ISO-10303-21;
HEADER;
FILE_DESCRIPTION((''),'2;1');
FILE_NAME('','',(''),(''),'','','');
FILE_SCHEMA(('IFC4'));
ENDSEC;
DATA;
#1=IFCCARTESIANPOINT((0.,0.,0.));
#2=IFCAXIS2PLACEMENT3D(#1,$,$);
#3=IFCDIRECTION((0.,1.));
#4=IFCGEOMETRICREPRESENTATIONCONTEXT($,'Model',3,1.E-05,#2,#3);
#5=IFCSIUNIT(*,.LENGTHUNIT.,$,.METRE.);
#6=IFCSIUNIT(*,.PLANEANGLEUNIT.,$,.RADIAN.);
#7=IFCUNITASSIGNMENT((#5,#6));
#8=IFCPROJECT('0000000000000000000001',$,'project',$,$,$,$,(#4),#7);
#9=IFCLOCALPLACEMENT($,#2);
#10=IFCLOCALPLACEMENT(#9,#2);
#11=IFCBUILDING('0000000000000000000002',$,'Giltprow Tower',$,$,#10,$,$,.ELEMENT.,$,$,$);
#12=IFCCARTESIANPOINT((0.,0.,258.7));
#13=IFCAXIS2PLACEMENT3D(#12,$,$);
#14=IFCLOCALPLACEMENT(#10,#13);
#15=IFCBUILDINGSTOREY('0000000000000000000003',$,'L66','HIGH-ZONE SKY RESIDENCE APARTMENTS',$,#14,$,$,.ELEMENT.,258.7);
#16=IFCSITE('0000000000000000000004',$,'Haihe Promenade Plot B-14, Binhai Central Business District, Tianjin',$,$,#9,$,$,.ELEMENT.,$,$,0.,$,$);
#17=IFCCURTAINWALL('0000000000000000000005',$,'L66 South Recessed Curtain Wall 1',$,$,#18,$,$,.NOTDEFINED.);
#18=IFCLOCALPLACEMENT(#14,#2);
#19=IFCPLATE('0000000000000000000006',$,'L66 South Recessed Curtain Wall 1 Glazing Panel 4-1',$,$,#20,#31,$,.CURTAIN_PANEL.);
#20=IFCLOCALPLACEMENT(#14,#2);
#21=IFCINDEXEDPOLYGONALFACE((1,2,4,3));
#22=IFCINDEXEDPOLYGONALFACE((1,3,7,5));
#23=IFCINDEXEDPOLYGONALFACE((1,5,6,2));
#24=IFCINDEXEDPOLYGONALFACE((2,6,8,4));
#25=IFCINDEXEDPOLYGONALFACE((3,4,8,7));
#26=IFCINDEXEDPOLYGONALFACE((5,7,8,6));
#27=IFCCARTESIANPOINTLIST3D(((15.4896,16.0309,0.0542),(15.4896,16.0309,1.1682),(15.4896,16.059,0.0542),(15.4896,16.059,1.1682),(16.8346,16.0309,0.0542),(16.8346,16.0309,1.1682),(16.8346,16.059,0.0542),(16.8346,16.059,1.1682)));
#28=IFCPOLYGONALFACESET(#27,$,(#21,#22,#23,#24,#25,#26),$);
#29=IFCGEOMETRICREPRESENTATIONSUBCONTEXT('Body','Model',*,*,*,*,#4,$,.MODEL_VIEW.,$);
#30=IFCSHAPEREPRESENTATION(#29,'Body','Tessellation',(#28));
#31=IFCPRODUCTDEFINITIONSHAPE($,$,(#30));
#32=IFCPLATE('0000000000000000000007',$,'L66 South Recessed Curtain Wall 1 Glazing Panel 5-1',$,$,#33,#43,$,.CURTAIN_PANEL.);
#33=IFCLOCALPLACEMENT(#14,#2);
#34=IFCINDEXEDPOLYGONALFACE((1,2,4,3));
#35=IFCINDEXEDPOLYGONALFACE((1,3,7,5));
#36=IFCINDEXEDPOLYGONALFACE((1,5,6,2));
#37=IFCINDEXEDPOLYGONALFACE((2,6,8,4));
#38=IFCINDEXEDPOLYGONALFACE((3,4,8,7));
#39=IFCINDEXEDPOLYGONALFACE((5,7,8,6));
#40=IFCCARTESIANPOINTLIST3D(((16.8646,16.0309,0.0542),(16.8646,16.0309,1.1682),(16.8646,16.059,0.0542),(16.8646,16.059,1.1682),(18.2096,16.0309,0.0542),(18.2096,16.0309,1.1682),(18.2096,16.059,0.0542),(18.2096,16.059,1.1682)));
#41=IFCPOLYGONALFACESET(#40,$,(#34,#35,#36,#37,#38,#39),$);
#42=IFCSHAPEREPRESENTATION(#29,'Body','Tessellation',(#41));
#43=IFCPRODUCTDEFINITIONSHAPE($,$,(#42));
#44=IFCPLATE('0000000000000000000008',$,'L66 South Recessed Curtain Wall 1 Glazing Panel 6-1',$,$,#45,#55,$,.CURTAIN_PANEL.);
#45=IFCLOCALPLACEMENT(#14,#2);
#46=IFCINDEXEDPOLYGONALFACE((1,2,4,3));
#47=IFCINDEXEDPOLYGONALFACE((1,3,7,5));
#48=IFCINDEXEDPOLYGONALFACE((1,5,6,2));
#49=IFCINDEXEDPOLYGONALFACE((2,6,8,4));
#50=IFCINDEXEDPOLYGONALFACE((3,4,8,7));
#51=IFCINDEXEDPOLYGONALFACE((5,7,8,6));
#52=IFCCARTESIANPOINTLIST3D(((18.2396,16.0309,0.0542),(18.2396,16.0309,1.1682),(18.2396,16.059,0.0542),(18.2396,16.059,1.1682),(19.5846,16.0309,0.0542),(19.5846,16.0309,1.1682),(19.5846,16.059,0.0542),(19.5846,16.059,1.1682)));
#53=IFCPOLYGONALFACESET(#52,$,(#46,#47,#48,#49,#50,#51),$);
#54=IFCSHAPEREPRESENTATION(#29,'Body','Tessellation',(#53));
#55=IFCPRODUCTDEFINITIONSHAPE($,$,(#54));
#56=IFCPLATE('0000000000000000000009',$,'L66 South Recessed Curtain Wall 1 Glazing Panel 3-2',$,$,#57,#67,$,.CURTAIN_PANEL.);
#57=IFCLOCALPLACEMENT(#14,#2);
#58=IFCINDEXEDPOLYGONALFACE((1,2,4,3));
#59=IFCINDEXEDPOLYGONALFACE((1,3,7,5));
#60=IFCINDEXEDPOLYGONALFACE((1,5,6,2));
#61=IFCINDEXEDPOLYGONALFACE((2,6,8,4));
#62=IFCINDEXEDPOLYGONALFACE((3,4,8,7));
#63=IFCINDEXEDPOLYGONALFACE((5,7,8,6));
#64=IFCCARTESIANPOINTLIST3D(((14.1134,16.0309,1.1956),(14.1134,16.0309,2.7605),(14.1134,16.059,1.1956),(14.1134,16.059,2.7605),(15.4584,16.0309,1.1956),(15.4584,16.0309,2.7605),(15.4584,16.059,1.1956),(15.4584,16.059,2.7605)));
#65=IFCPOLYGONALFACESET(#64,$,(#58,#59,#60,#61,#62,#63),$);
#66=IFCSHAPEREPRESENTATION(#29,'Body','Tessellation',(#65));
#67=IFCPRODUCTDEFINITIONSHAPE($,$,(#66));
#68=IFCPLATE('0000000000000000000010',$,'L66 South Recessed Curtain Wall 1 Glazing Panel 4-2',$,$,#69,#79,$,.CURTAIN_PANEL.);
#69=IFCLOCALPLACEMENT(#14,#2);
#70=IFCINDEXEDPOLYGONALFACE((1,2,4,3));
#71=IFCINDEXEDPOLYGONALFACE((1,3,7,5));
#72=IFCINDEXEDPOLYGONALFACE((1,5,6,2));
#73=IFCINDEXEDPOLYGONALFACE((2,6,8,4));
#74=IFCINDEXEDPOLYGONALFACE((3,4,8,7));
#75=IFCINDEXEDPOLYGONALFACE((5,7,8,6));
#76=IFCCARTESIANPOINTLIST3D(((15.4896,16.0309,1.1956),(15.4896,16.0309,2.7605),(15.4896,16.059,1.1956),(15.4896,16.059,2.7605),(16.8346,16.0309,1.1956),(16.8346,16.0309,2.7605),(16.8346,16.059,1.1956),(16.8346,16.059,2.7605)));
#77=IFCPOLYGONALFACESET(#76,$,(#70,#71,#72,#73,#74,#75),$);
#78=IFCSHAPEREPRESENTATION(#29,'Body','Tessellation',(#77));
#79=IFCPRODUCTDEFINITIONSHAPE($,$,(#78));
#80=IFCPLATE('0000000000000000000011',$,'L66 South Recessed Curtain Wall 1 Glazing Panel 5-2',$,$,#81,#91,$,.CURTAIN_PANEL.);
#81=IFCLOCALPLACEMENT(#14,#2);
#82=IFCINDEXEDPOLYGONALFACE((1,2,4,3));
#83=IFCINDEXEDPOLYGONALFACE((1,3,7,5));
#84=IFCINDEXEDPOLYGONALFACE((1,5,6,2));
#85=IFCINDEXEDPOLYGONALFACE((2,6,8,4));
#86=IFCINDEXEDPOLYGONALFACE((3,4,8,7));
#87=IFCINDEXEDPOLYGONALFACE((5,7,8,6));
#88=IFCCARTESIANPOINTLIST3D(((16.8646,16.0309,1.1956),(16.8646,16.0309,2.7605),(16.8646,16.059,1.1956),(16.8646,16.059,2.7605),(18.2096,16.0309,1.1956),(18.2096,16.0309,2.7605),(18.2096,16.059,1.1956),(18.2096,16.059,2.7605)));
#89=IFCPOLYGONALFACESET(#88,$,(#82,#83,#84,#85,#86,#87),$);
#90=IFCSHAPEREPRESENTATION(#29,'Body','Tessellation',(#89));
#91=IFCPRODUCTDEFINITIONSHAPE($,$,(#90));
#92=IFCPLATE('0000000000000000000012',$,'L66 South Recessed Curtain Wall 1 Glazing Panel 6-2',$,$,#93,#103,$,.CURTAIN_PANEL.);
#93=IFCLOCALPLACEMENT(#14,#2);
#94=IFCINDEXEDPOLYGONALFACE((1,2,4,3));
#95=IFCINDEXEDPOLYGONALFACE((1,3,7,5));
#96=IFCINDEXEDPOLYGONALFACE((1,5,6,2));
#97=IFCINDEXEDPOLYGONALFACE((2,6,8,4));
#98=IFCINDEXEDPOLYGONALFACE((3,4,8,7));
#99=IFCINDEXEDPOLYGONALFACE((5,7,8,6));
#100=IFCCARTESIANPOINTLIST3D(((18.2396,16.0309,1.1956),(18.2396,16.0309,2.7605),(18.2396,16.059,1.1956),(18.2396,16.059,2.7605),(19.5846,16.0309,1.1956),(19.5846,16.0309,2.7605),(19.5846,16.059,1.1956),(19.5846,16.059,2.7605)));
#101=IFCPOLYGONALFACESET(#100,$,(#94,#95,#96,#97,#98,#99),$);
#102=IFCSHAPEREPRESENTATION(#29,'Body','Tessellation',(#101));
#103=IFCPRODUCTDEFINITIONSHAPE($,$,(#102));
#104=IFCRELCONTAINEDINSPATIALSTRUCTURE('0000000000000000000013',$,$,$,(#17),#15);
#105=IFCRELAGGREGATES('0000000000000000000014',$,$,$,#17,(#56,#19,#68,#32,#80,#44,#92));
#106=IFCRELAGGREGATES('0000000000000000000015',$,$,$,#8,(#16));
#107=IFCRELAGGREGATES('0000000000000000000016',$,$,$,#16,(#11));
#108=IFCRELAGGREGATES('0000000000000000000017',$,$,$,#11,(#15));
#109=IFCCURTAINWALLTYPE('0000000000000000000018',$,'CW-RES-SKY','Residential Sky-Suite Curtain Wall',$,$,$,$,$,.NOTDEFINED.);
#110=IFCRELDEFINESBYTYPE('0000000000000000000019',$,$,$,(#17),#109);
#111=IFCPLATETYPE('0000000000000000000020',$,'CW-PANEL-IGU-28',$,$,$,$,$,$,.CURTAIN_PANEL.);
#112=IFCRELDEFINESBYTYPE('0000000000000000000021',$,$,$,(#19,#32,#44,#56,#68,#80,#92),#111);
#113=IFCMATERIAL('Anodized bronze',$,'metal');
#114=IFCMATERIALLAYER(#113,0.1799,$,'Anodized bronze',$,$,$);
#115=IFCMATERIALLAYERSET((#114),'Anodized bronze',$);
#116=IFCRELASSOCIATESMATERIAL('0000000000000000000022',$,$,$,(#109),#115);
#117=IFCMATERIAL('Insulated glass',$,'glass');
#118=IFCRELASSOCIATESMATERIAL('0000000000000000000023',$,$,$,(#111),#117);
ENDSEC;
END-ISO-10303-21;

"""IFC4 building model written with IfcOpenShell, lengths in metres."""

from ifc_helpers import new_model, si_unit, direction, frame, origin, origin_2d, place, context, subcontext, project, spatial, rectangle, extrude, source, transform, mapped, material, layer, layer_set, type_object, element, aggregate, save


model = new_model("IFC4")

# Units and contexts
model_context = context("Model", 3, precision=1e-05, world=origin(), true_north=direction((0.0, 1.0)))
body_context = subcontext(model_context, "Body", "Model", "MODEL_VIEW")
ifc_project = project(units=[si_unit("LENGTHUNIT", "METRE"), si_unit("PLANEANGLEUNIT", "RADIAN")], contexts=[model_context])

# Site, building, storey
site_placement = place(None, origin())
site = spatial("IfcSite", under=ifc_project, at=site_placement, Name="Haihe Promenade Plot B-14, Binhai Central Business District, Tianjin", CompositionType="ELEMENT", RefElevation=0.0)
building_placement = place(site_placement, origin())
building = spatial("IfcBuilding", under=site, at=building_placement, Name="Giltprow Tower", CompositionType="ELEMENT")
storey_placement = place(building_placement, frame((0.0, 0.0, 258.7)))
storey = spatial("IfcBuildingStorey", under=building, at=storey_placement, Name="L66", Description="HIGH-ZONE SKY RESIDENCE APARTMENTS", CompositionType="ELEMENT", Elevation=258.7)

# Curtain wall, plates
ifc_material_1 = material(Name="Anodized bronze", Category="metal")
ifc_layer = layer(ifc_material_1, 0.1799, Name="Anodized bronze")
ifc_layer_set = layer_set([ifc_layer], Name="Anodized bronze")
curtain_wall_type = type_object("IfcCurtainWallType", Name="CW-RES-SKY", Description="Residential Sky-Suite Curtain Wall", PredefinedType="NOTDEFINED", material=ifc_layer_set)
curtain_wall_placement = place(storey_placement, origin())
curtain_wall = element("IfcCurtainWall", 1, at=curtain_wall_placement, inside=storey, type_object=curtain_wall_type, Name="L66 South Recessed Curtain Wall 1", PredefinedType="NOTDEFINED")
ifc_material_2 = material(Name="Insulated glass", Category="glass")
plate_type = type_object("IfcPlateType", Name="CW-PANEL-IGU-28", PredefinedType="CURTAIN_PANEL", material=ifc_material_2)
shared_shape_1 = source(origin(), body_context, "Body", "SweptSolid", [
    extrude(rectangle(XDim=1.345, YDim=0.0281, at=origin_2d()), origin(), (0.0, 0.0, 1.0), 1.114),
])
plate_1_placement = place(storey_placement, frame((16.1621, 16.0449, 0.0542), z_axis=(0.0, 0.0, 1.0), x_axis=(1.0, 0.0, 0.0)))
plate_1 = element("IfcPlate", 2, at=plate_1_placement, type_object=plate_type, Name="L66 South Recessed Curtain Wall 1 Glazing Panel 4-1", PredefinedType="CURTAIN_PANEL", context=body_context, shape_type="MappedRepresentation", body=[
    mapped(shared_shape_1, transform((0.0, 0.0, 0.0), x_axis=(1.0, 0.0, 0.0), y_axis=(0.0, 1.0, 0.0), z_axis=(0.0, 0.0, 1.0), scale=1.0)),
])
plate_2_placement = place(storey_placement, frame((17.5371, 16.0449, 0.0542), z_axis=(0.0, 0.0, 1.0), x_axis=(1.0, 0.0, 0.0)))
plate_2 = element("IfcPlate", 3, at=plate_2_placement, type_object=plate_type, Name="L66 South Recessed Curtain Wall 1 Glazing Panel 5-1", PredefinedType="CURTAIN_PANEL", context=body_context, shape_type="MappedRepresentation", body=[
    mapped(shared_shape_1, transform((0.0, 0.0, 0.0), x_axis=(1.0, 0.0, 0.0), y_axis=(0.0, 1.0, 0.0), z_axis=(0.0, 0.0, 1.0), scale=1.0)),
])
plate_3_placement = place(storey_placement, frame((18.9121, 16.0449, 0.0542), z_axis=(0.0, 0.0, 1.0), x_axis=(1.0, 0.0, 0.0)))
plate_3 = element("IfcPlate", 4, at=plate_3_placement, type_object=plate_type, Name="L66 South Recessed Curtain Wall 1 Glazing Panel 6-1", PredefinedType="CURTAIN_PANEL", context=body_context, shape_type="MappedRepresentation", body=[
    mapped(shared_shape_1, transform((0.0, 0.0, 0.0), x_axis=(1.0, 0.0, 0.0), y_axis=(0.0, 1.0, 0.0), z_axis=(0.0, 0.0, 1.0), scale=1.0)),
])
shared_shape_2 = source(origin(), body_context, "Body", "SweptSolid", [
    extrude(rectangle(XDim=1.345, YDim=0.0281, at=origin_2d()), origin(), (0.0, 0.0, 1.0), 1.5649),
])
plate_4_placement = place(storey_placement, frame((14.7859, 16.0449, 1.1956), z_axis=(0.0, 0.0, 1.0), x_axis=(1.0, 0.0, 0.0)))
plate_4 = element("IfcPlate", 5, at=plate_4_placement, type_object=plate_type, Name="L66 South Recessed Curtain Wall 1 Glazing Panel 3-2", PredefinedType="CURTAIN_PANEL", context=body_context, shape_type="MappedRepresentation", body=[
    mapped(shared_shape_2, transform((0.0, 0.0, 0.0), x_axis=(1.0, 0.0, 0.0), y_axis=(0.0, 1.0, 0.0), z_axis=(0.0, 0.0, 1.0), scale=1.0)),
])
plate_5_placement = place(storey_placement, frame((16.1621, 16.0449, 1.1956), z_axis=(0.0, 0.0, 1.0), x_axis=(1.0, 0.0, 0.0)))
plate_5 = element("IfcPlate", 6, at=plate_5_placement, type_object=plate_type, Name="L66 South Recessed Curtain Wall 1 Glazing Panel 4-2", PredefinedType="CURTAIN_PANEL", context=body_context, shape_type="MappedRepresentation", body=[
    mapped(shared_shape_2, transform((0.0, 0.0, 0.0), x_axis=(1.0, 0.0, 0.0), y_axis=(0.0, 1.0, 0.0), z_axis=(0.0, 0.0, 1.0), scale=1.0)),
])
plate_6_placement = place(storey_placement, frame((17.5371, 16.0449, 1.1956), z_axis=(0.0, 0.0, 1.0), x_axis=(1.0, 0.0, 0.0)))
plate_6 = element("IfcPlate", 7, at=plate_6_placement, type_object=plate_type, Name="L66 South Recessed Curtain Wall 1 Glazing Panel 5-2", PredefinedType="CURTAIN_PANEL", context=body_context, shape_type="MappedRepresentation", body=[
    mapped(shared_shape_2, transform((0.0, 0.0, 0.0), x_axis=(1.0, 0.0, 0.0), y_axis=(0.0, 1.0, 0.0), z_axis=(0.0, 0.0, 1.0), scale=1.0)),
])
plate_7_placement = place(storey_placement, frame((18.9121, 16.0449, 1.1956), z_axis=(0.0, 0.0, 1.0), x_axis=(1.0, 0.0, 0.0)))
plate_7 = element("IfcPlate", 8, at=plate_7_placement, type_object=plate_type, Name="L66 South Recessed Curtain Wall 1 Glazing Panel 6-2", PredefinedType="CURTAIN_PANEL", context=body_context, shape_type="MappedRepresentation", body=[
    mapped(shared_shape_2, transform((0.0, 0.0, 0.0), x_axis=(1.0, 0.0, 0.0), y_axis=(0.0, 1.0, 0.0), z_axis=(0.0, 0.0, 1.0), scale=1.0)),
])
aggregate(curtain_wall, [plate_4, plate_1, plate_5, plate_2, plate_6, plate_3, plate_7])

save(model, "model.ifc")
